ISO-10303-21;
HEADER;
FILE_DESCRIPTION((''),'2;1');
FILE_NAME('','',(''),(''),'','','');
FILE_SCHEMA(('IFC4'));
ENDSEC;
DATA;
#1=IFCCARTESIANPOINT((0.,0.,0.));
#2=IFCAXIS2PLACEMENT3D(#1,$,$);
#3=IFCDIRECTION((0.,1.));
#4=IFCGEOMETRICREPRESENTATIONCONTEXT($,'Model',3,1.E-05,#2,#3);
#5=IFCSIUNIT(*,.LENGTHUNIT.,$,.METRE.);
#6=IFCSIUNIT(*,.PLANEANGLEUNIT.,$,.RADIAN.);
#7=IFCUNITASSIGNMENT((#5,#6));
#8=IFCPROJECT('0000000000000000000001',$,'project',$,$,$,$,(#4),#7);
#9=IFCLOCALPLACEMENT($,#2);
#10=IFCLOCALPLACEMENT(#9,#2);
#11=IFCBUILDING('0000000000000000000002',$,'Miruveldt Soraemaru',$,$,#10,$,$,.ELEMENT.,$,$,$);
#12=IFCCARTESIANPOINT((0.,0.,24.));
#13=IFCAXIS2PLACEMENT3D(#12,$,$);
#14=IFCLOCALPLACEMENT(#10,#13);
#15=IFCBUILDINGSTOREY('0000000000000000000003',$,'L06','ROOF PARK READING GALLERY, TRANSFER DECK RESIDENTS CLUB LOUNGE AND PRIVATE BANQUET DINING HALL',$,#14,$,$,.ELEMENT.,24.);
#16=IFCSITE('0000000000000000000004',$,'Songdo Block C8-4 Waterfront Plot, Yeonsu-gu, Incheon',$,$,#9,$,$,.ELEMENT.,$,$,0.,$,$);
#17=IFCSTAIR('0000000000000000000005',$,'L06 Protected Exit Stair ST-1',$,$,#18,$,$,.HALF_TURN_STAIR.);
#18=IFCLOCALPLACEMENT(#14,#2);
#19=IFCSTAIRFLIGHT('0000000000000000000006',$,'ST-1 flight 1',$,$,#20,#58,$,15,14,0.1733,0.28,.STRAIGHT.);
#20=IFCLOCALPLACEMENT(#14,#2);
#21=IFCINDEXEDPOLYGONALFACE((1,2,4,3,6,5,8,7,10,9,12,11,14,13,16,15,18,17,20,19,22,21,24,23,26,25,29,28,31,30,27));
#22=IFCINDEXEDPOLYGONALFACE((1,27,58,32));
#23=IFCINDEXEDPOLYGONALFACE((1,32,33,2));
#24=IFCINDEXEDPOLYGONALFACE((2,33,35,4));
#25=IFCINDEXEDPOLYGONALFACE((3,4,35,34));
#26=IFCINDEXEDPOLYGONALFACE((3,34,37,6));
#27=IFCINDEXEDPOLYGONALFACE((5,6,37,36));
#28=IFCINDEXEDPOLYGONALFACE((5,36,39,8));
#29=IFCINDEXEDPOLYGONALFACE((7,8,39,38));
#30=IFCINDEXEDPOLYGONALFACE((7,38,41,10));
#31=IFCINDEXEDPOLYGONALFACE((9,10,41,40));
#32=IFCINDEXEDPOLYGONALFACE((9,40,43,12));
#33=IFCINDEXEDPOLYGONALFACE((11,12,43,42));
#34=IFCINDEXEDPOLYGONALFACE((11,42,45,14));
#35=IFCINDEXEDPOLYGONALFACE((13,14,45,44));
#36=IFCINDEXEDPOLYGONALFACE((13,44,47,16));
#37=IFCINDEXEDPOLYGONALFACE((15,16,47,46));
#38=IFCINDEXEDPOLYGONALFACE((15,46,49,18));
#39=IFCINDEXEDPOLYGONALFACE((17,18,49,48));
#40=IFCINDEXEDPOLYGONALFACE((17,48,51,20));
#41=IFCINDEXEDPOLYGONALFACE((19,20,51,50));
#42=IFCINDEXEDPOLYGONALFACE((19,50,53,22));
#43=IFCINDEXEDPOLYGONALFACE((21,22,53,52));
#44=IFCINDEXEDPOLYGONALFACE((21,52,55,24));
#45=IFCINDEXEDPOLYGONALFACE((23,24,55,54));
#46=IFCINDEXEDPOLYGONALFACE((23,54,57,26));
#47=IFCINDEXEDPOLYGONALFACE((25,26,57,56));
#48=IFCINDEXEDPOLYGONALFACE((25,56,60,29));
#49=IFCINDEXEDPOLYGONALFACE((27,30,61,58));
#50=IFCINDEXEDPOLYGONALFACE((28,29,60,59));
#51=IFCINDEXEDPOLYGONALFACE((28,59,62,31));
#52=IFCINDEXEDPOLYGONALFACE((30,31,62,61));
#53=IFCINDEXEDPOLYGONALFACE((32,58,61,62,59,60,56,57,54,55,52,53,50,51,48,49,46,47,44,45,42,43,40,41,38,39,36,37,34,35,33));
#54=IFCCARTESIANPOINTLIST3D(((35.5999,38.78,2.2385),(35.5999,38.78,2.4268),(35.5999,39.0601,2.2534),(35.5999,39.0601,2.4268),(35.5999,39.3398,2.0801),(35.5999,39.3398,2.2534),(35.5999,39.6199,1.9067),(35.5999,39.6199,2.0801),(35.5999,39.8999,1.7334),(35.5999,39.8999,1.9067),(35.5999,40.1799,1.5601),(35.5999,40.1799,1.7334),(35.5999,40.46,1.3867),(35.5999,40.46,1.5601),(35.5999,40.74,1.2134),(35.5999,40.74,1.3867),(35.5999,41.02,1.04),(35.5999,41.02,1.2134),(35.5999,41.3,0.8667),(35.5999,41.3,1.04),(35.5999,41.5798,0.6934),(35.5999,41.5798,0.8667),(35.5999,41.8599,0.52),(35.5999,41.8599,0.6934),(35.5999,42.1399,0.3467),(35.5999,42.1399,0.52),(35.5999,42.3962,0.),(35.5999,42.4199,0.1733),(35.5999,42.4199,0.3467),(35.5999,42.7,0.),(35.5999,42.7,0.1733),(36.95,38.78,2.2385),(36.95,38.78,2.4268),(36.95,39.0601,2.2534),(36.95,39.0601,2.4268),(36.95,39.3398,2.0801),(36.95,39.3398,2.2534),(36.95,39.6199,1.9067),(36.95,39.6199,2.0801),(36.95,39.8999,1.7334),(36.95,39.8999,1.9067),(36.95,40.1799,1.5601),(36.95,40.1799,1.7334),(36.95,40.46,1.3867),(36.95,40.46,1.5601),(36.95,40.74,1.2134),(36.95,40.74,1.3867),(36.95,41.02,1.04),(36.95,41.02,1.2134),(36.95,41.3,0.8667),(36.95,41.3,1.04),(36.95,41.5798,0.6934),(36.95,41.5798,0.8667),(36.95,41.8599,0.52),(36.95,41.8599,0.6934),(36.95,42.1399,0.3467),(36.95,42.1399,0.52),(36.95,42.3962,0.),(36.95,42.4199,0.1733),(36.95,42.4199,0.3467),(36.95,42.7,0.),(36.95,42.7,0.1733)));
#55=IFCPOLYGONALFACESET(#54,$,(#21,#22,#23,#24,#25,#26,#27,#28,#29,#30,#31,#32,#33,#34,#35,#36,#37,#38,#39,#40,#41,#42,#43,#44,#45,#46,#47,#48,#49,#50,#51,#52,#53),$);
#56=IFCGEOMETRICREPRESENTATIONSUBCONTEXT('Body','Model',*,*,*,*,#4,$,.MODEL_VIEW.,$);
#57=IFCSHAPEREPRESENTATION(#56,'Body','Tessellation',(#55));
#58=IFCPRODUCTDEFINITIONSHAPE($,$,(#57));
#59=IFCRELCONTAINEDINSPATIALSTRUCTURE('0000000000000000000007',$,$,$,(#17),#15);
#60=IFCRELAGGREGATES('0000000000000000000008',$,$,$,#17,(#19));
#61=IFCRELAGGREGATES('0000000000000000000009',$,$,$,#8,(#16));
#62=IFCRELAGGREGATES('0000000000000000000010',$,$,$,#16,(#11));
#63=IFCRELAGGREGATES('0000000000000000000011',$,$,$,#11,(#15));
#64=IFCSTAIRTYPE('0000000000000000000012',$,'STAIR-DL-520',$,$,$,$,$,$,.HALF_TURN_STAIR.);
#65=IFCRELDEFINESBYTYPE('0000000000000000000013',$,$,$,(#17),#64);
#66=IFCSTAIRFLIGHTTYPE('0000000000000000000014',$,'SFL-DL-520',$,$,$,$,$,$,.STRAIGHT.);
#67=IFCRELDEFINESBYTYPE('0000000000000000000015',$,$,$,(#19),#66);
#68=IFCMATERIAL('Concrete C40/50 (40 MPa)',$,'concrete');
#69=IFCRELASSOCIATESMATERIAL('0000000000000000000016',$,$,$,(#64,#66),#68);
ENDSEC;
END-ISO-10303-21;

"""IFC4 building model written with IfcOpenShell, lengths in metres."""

from ifc_helpers import new_model, si_unit, direction, frame, origin, place, context, subcontext, project, spatial, polyline, outline, extrude, material, type_object, element, aggregate, save


model = new_model("IFC4")

# Units and contexts
model_context = context("Model", 3, precision=1e-05, world=origin(), true_north=direction((0.0, 1.0)))
body_context = subcontext(model_context, "Body", "Model", "MODEL_VIEW")
ifc_project = project(units=[si_unit("LENGTHUNIT", "METRE"), si_unit("PLANEANGLEUNIT", "RADIAN")], contexts=[model_context])

# Site, building, storey
site_placement = place(None, origin())
site = spatial("IfcSite", under=ifc_project, at=site_placement, Name="Songdo Block C8-4 Waterfront Plot, Yeonsu-gu, Incheon", CompositionType="ELEMENT", RefElevation=0.0)
building_placement = place(site_placement, origin())
building = spatial("IfcBuilding", under=site, at=building_placement, Name="Miruveldt Soraemaru", CompositionType="ELEMENT")
storey_placement = place(building_placement, frame((0.0, 0.0, 24.0)))
storey = spatial("IfcBuildingStorey", under=building, at=storey_placement, Name="L06", Description="ROOF PARK READING GALLERY, TRANSFER DECK RESIDENTS CLUB LOUNGE AND PRIVATE BANQUET DINING HALL", CompositionType="ELEMENT", Elevation=24.0)

# Shared definitions
ifc_material_1 = material(Name="Concrete C40/50 (40 MPa)", Category="concrete")

# Stair, stair flight
stair_type = type_object("IfcStairType", Name="STAIR-DL-520", PredefinedType="HALF_TURN_STAIR", material=ifc_material_1)
stair_placement = place(storey_placement, origin())
stair = element("IfcStair", 1, at=stair_placement, inside=storey, type_object=stair_type, Name="L06 Protected Exit Stair ST-1", PredefinedType="HALF_TURN_STAIR")
stair_flight_type = type_object("IfcStairFlightType", Name="SFL-DL-520", PredefinedType="STRAIGHT", material=ifc_material_1)
stair_flight_placement = place(storey_placement, frame((36.2749, 42.7, 0.0), z_axis=(0.0, 0.0, 1.0), x_axis=(0.0, -1.0, 0.0)))
stair_flight = element("IfcStairFlight", 2, at=stair_flight_placement, type_object=stair_flight_type, Name="ST-1 flight 1", NumberOfRisers=15, NumberOfTreads=14, PredefinedType="STRAIGHT", RiserHeight=0.1733, TreadLength=0.28, context=body_context, shape_type="SweptSolid", body=[
    extrude(outline(polyline([(0.0, 0.0), (0.0, 0.1733), (0.28, 0.1733), (0.28, 0.3467), (0.5601, 0.3467), (0.5601, 0.52), (0.8401, 0.52), (0.8401, 0.6934), (1.1201, 0.6934), (1.1201, 0.8667), (1.3999, 0.8667), (1.3999, 1.04), (1.6799, 1.04), (1.6799, 1.2134), (1.96, 1.2134), (1.96, 1.3867), (2.24, 1.3867), (2.24, 1.5601), (2.52, 1.5601), (2.52, 1.7334), (2.8, 1.7334), (2.8, 1.9067), (3.0801, 1.9067), (3.0801, 2.0801), (3.3601, 2.0801), (3.3601, 2.2534), (3.6399, 2.2534), (3.6399, 2.4268), (3.9199, 2.4268), (3.9199, 2.6001), (3.9199, 2.2385), (0.3037, 0.0), (0.0, 0.0)])), frame((0.0, 0.675, 0.0), z_axis=(0.0, -1.0, 0.0), x_axis=(1.0, 0.0, 0.0)), (0.0, 0.0, 1.0), 1.3501),
])
aggregate(stair, [stair_flight])

save(model, "model.ifc")
